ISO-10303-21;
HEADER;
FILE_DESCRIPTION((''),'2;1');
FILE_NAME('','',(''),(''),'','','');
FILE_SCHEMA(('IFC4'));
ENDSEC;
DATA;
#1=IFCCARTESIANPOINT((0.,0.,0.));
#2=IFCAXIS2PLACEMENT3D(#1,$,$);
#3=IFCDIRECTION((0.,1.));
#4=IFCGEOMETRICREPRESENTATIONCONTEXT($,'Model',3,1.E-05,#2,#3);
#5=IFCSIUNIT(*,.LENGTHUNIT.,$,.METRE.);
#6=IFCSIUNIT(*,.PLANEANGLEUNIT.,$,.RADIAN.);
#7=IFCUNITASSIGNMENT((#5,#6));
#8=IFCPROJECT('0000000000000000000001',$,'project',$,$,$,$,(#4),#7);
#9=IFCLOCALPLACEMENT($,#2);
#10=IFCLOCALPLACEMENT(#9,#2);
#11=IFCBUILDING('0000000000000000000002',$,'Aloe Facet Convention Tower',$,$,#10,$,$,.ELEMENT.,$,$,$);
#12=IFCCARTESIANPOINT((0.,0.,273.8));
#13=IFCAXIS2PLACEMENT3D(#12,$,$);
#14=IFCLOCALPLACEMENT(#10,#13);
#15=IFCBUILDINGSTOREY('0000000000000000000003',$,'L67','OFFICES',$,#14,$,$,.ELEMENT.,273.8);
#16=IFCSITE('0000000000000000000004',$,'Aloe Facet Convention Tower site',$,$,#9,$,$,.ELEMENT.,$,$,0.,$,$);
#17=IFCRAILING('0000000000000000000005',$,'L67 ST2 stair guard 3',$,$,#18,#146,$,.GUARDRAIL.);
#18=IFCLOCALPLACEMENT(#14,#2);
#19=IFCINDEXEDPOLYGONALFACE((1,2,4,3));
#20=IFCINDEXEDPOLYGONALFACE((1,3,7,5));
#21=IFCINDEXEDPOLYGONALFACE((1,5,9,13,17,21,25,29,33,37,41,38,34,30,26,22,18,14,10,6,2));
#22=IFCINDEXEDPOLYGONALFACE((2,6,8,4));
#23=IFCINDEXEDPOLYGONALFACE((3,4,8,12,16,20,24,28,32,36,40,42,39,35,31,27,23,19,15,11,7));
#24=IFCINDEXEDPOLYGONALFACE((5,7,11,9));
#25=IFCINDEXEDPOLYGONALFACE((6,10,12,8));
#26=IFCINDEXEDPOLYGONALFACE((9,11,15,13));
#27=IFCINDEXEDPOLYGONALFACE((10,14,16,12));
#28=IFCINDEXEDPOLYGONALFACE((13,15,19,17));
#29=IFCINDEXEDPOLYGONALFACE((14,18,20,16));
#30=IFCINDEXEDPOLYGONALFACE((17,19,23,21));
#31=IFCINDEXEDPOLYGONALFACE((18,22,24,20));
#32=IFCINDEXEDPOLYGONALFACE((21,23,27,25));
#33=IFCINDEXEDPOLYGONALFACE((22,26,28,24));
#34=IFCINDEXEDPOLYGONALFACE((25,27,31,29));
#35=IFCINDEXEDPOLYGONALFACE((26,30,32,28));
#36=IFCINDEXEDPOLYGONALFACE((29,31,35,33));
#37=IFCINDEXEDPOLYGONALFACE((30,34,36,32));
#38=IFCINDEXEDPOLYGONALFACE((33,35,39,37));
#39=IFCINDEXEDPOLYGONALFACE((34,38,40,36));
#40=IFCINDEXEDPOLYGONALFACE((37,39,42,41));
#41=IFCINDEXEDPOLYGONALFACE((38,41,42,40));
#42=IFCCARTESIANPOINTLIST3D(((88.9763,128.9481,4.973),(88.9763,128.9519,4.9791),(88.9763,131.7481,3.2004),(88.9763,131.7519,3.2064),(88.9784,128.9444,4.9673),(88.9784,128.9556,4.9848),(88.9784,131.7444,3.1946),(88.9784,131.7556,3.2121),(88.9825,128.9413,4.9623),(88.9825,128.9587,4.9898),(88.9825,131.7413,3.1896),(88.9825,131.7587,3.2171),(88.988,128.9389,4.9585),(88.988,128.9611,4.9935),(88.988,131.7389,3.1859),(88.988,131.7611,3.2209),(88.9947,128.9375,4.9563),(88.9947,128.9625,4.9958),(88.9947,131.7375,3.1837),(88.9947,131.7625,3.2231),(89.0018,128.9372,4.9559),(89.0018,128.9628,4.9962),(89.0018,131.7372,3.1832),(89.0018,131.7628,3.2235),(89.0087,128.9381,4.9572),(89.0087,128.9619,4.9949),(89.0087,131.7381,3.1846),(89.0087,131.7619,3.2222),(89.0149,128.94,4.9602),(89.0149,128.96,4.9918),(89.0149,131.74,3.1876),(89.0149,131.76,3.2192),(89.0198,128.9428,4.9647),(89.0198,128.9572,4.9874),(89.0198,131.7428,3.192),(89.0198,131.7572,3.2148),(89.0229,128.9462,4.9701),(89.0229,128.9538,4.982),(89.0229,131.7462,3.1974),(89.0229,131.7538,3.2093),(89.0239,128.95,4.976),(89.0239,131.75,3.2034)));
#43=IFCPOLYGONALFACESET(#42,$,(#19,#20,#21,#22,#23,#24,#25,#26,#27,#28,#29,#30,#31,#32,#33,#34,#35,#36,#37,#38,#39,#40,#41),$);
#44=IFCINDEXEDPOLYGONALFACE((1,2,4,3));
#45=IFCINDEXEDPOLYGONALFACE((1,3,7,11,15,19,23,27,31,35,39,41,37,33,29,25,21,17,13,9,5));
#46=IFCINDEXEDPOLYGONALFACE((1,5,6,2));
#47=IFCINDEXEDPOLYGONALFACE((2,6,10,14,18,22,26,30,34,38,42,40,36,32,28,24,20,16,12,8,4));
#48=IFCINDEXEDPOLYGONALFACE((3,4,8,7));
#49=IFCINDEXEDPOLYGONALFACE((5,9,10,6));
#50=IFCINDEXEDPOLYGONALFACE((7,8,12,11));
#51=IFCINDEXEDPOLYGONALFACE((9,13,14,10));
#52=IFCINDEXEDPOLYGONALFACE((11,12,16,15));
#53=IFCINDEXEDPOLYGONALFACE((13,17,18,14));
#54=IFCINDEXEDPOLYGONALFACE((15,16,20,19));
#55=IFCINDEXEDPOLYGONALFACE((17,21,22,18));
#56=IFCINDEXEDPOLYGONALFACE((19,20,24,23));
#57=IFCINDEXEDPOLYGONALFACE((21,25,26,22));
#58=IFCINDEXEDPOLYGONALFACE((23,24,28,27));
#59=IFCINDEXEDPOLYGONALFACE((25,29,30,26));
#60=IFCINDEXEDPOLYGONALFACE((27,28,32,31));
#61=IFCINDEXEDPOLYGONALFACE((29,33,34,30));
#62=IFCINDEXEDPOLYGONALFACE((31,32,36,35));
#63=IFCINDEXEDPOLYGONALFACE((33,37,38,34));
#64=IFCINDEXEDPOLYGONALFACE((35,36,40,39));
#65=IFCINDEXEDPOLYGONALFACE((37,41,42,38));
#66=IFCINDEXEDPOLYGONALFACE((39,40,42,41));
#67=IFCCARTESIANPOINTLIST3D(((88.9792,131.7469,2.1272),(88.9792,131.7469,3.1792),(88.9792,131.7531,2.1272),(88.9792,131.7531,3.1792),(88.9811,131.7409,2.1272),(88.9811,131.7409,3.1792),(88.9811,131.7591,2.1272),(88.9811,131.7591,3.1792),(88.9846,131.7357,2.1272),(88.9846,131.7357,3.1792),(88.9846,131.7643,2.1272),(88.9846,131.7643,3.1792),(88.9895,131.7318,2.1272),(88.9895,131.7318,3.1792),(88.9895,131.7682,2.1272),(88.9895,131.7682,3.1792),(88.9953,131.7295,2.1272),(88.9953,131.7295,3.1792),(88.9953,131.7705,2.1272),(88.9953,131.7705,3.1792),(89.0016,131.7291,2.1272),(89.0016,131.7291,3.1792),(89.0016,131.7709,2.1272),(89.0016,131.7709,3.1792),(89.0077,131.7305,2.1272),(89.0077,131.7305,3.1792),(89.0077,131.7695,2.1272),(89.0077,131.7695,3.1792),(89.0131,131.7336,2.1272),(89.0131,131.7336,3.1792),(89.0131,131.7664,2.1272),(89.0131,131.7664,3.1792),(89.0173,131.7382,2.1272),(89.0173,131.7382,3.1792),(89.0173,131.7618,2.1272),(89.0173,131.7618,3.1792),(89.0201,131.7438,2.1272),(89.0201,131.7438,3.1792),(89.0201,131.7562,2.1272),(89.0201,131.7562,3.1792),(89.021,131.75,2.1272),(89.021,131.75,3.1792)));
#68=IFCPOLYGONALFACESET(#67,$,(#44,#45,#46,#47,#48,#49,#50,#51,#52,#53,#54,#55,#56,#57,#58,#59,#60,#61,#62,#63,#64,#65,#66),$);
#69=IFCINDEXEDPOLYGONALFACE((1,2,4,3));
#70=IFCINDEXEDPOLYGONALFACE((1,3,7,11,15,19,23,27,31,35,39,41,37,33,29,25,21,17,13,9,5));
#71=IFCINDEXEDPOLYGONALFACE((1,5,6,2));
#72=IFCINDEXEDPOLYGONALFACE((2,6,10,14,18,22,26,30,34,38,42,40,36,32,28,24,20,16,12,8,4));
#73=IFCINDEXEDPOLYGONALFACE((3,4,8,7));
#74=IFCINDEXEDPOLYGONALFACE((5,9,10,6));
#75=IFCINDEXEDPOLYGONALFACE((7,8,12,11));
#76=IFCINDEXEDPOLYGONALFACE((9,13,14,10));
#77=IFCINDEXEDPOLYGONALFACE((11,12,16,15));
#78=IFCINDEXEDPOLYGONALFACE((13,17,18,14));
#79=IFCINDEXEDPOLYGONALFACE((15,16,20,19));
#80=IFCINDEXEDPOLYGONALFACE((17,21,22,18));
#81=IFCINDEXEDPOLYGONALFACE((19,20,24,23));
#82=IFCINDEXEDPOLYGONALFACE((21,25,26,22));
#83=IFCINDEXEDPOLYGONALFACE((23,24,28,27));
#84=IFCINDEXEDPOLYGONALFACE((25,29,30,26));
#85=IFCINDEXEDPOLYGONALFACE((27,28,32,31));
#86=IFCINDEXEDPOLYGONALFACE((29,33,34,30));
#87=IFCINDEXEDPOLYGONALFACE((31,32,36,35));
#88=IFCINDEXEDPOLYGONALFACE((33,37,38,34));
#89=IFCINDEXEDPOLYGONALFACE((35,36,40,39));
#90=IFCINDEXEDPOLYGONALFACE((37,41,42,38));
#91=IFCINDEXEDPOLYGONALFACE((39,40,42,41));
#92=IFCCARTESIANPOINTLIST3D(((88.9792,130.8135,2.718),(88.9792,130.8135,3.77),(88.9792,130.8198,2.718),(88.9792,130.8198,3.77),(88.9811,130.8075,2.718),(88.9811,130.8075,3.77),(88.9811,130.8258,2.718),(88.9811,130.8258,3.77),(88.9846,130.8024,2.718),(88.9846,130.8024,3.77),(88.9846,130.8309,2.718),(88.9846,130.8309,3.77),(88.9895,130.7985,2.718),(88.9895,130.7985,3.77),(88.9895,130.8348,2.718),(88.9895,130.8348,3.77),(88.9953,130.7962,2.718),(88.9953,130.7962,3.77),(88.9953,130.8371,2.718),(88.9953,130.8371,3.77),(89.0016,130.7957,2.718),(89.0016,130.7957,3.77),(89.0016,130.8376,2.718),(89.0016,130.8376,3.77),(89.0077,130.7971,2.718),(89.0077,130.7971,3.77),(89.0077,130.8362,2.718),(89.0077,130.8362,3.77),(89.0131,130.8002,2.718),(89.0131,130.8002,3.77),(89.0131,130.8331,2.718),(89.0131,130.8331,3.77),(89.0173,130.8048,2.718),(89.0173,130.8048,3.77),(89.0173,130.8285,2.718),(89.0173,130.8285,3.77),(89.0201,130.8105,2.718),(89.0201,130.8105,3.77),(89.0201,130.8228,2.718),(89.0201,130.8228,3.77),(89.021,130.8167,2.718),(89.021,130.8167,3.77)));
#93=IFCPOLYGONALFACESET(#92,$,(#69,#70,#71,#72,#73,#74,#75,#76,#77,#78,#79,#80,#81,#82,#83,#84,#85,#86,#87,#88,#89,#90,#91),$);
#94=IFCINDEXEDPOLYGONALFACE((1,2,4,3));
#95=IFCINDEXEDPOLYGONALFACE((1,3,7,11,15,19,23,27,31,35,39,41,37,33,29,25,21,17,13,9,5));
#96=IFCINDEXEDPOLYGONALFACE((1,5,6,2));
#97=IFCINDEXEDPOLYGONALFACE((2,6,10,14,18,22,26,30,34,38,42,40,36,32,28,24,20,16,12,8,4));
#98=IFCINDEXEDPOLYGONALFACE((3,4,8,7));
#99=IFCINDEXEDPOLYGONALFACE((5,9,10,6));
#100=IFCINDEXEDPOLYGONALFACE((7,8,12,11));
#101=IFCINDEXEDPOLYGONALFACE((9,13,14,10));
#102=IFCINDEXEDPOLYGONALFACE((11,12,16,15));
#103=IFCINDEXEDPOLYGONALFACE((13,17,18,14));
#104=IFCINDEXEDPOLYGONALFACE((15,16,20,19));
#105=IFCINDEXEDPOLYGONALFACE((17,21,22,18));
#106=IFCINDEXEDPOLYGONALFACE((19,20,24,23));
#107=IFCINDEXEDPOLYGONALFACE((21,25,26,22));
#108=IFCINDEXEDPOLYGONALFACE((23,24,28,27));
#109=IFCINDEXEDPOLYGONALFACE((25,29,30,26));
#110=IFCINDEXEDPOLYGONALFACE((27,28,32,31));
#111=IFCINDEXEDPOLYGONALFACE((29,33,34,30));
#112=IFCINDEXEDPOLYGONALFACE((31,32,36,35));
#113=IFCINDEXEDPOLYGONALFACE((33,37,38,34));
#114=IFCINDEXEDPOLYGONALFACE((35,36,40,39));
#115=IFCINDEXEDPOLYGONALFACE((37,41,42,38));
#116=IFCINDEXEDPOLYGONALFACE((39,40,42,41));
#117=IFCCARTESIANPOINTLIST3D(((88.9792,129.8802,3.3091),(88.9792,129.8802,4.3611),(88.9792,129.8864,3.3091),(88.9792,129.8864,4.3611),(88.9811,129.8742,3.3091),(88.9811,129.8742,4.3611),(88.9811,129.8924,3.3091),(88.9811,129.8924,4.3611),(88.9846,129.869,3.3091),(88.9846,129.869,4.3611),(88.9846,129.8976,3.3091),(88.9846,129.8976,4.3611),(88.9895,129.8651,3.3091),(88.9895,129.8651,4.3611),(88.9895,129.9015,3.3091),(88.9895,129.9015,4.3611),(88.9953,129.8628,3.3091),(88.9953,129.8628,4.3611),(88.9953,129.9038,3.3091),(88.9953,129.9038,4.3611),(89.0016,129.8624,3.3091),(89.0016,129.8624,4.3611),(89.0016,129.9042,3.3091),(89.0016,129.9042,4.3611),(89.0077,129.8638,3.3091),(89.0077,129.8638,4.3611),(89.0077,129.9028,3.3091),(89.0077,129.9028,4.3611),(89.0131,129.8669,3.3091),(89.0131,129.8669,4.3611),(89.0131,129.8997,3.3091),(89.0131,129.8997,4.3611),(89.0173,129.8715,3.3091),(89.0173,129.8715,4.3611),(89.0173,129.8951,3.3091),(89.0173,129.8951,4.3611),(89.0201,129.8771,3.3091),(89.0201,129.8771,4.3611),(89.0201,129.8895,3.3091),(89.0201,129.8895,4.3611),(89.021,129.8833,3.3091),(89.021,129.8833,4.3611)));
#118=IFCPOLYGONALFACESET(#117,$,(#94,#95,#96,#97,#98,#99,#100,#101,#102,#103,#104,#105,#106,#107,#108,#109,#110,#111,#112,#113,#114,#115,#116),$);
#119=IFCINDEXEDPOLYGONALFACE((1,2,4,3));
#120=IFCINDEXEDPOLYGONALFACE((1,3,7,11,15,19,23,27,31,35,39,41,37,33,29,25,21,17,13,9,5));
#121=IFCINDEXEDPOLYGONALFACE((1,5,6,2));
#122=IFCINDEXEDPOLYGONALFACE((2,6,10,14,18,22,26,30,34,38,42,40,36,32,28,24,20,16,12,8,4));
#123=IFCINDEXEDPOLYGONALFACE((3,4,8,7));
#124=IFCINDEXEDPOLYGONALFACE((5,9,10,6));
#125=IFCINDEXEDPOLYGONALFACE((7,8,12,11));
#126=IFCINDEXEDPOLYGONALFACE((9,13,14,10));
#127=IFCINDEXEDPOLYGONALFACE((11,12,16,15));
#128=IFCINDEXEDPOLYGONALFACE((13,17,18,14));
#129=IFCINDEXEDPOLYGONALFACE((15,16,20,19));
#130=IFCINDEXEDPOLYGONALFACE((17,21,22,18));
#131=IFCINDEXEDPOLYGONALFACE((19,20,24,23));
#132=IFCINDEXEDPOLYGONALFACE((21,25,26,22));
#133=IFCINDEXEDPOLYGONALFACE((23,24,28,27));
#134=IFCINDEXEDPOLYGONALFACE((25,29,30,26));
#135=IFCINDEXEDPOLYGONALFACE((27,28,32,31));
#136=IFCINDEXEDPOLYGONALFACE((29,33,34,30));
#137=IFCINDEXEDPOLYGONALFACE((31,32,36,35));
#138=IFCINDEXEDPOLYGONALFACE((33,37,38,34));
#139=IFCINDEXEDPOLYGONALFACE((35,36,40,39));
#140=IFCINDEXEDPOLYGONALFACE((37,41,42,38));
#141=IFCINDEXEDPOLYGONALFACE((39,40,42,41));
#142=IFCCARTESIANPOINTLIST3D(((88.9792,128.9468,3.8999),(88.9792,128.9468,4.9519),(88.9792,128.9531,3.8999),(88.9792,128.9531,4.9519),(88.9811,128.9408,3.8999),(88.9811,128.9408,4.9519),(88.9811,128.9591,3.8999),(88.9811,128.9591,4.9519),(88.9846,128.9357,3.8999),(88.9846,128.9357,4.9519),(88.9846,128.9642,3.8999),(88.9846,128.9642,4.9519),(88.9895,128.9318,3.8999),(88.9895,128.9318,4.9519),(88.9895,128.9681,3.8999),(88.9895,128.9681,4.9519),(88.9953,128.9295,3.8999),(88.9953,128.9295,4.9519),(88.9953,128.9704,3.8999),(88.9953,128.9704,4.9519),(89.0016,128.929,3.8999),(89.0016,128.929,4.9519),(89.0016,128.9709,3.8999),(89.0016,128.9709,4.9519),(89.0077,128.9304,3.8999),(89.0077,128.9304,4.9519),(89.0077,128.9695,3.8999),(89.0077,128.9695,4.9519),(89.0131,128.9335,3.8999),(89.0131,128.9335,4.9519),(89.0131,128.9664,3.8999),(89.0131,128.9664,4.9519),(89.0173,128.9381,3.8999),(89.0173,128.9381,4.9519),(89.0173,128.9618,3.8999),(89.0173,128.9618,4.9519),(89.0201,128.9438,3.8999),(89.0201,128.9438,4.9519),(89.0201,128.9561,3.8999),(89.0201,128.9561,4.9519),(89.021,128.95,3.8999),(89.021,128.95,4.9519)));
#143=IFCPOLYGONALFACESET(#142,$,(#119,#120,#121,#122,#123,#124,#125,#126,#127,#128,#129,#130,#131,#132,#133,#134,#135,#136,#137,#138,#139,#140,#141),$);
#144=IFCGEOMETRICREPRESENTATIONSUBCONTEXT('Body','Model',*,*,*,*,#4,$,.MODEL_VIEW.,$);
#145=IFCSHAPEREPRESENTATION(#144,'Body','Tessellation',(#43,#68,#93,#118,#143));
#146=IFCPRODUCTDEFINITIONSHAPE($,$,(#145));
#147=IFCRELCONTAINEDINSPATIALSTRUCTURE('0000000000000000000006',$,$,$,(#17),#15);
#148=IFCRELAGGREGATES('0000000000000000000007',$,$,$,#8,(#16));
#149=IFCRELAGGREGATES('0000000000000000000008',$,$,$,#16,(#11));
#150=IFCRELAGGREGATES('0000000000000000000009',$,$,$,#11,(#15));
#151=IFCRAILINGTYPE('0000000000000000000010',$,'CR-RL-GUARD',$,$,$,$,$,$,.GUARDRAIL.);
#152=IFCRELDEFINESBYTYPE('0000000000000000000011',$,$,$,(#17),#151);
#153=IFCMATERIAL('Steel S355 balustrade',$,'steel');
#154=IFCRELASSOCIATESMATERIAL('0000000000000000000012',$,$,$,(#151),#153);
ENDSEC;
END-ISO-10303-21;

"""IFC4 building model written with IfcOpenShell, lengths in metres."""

from ifc_helpers import new_model, si_unit, direction, frame, origin, origin_2d, place, context, subcontext, project, spatial, circle, extrude, material, type_object, element, save


model = new_model("IFC4")

# Units and contexts
model_context = context("Model", 3, precision=1e-05, world=origin(), true_north=direction((0.0, 1.0)))
body_context = subcontext(model_context, "Body", "Model", "MODEL_VIEW")
ifc_project = project(units=[si_unit("LENGTHUNIT", "METRE"), si_unit("PLANEANGLEUNIT", "RADIAN")], contexts=[model_context])

# Site, building, storey
site_placement = place(None, origin())
site = spatial("IfcSite", under=ifc_project, at=site_placement, Name="Aloe Facet Convention Tower site", CompositionType="ELEMENT", RefElevation=0.0)
building_placement = place(site_placement, origin())
building = spatial("IfcBuilding", under=site, at=building_placement, Name="Aloe Facet Convention Tower", CompositionType="ELEMENT")
storey_placement = place(building_placement, frame((0.0, 0.0, 273.8)))
storey = spatial("IfcBuildingStorey", under=building, at=storey_placement, Name="L67", Description="OFFICES", CompositionType="ELEMENT", Elevation=273.8)

# Railing
ifc_material_1 = material(Name="Steel S355 balustrade", Category="steel")
railing_type_1 = type_object("IfcRailingType", Name="CR-RL-GUARD", PredefinedType="GUARDRAIL", material=ifc_material_1)
railing_1_placement = place(storey_placement, frame((89.0, 131.75, 2.1272)))
element("IfcRailing", 1, at=railing_1_placement, inside=storey, type_object=railing_type_1, Name="L67 ST2 stair guard 3", PredefinedType="GUARDRAIL", context=body_context, shape_type="SweptSolid", body=[
    extrude(circle(Radius=0.0239, at=origin_2d()), frame((0.0, 0.0, 1.0762), z_axis=(0.0, -0.844909, 0.53491), x_axis=(1.0, 0.0, 0.0)), (0.0, 0.0, 1.0), 3.314),
    extrude(circle(Radius=0.021, at=origin_2d()), origin(), (0.0, 0.0, 1.0), 1.052),
    extrude(circle(Radius=0.021, at=origin_2d()), frame((0.0, -0.9333, 0.5908)), (0.0, 0.0, 1.0), 1.052),
    extrude(circle(Radius=0.021, at=origin_2d()), frame((0.0, -1.8667, 1.1819)), (0.0, 0.0, 1.0), 1.052),
    extrude(circle(Radius=0.021, at=origin_2d()), frame((0.0, -2.8, 1.7727)), (0.0, 0.0, 1.0), 1.052),
])

save(model, "model.ifc")
